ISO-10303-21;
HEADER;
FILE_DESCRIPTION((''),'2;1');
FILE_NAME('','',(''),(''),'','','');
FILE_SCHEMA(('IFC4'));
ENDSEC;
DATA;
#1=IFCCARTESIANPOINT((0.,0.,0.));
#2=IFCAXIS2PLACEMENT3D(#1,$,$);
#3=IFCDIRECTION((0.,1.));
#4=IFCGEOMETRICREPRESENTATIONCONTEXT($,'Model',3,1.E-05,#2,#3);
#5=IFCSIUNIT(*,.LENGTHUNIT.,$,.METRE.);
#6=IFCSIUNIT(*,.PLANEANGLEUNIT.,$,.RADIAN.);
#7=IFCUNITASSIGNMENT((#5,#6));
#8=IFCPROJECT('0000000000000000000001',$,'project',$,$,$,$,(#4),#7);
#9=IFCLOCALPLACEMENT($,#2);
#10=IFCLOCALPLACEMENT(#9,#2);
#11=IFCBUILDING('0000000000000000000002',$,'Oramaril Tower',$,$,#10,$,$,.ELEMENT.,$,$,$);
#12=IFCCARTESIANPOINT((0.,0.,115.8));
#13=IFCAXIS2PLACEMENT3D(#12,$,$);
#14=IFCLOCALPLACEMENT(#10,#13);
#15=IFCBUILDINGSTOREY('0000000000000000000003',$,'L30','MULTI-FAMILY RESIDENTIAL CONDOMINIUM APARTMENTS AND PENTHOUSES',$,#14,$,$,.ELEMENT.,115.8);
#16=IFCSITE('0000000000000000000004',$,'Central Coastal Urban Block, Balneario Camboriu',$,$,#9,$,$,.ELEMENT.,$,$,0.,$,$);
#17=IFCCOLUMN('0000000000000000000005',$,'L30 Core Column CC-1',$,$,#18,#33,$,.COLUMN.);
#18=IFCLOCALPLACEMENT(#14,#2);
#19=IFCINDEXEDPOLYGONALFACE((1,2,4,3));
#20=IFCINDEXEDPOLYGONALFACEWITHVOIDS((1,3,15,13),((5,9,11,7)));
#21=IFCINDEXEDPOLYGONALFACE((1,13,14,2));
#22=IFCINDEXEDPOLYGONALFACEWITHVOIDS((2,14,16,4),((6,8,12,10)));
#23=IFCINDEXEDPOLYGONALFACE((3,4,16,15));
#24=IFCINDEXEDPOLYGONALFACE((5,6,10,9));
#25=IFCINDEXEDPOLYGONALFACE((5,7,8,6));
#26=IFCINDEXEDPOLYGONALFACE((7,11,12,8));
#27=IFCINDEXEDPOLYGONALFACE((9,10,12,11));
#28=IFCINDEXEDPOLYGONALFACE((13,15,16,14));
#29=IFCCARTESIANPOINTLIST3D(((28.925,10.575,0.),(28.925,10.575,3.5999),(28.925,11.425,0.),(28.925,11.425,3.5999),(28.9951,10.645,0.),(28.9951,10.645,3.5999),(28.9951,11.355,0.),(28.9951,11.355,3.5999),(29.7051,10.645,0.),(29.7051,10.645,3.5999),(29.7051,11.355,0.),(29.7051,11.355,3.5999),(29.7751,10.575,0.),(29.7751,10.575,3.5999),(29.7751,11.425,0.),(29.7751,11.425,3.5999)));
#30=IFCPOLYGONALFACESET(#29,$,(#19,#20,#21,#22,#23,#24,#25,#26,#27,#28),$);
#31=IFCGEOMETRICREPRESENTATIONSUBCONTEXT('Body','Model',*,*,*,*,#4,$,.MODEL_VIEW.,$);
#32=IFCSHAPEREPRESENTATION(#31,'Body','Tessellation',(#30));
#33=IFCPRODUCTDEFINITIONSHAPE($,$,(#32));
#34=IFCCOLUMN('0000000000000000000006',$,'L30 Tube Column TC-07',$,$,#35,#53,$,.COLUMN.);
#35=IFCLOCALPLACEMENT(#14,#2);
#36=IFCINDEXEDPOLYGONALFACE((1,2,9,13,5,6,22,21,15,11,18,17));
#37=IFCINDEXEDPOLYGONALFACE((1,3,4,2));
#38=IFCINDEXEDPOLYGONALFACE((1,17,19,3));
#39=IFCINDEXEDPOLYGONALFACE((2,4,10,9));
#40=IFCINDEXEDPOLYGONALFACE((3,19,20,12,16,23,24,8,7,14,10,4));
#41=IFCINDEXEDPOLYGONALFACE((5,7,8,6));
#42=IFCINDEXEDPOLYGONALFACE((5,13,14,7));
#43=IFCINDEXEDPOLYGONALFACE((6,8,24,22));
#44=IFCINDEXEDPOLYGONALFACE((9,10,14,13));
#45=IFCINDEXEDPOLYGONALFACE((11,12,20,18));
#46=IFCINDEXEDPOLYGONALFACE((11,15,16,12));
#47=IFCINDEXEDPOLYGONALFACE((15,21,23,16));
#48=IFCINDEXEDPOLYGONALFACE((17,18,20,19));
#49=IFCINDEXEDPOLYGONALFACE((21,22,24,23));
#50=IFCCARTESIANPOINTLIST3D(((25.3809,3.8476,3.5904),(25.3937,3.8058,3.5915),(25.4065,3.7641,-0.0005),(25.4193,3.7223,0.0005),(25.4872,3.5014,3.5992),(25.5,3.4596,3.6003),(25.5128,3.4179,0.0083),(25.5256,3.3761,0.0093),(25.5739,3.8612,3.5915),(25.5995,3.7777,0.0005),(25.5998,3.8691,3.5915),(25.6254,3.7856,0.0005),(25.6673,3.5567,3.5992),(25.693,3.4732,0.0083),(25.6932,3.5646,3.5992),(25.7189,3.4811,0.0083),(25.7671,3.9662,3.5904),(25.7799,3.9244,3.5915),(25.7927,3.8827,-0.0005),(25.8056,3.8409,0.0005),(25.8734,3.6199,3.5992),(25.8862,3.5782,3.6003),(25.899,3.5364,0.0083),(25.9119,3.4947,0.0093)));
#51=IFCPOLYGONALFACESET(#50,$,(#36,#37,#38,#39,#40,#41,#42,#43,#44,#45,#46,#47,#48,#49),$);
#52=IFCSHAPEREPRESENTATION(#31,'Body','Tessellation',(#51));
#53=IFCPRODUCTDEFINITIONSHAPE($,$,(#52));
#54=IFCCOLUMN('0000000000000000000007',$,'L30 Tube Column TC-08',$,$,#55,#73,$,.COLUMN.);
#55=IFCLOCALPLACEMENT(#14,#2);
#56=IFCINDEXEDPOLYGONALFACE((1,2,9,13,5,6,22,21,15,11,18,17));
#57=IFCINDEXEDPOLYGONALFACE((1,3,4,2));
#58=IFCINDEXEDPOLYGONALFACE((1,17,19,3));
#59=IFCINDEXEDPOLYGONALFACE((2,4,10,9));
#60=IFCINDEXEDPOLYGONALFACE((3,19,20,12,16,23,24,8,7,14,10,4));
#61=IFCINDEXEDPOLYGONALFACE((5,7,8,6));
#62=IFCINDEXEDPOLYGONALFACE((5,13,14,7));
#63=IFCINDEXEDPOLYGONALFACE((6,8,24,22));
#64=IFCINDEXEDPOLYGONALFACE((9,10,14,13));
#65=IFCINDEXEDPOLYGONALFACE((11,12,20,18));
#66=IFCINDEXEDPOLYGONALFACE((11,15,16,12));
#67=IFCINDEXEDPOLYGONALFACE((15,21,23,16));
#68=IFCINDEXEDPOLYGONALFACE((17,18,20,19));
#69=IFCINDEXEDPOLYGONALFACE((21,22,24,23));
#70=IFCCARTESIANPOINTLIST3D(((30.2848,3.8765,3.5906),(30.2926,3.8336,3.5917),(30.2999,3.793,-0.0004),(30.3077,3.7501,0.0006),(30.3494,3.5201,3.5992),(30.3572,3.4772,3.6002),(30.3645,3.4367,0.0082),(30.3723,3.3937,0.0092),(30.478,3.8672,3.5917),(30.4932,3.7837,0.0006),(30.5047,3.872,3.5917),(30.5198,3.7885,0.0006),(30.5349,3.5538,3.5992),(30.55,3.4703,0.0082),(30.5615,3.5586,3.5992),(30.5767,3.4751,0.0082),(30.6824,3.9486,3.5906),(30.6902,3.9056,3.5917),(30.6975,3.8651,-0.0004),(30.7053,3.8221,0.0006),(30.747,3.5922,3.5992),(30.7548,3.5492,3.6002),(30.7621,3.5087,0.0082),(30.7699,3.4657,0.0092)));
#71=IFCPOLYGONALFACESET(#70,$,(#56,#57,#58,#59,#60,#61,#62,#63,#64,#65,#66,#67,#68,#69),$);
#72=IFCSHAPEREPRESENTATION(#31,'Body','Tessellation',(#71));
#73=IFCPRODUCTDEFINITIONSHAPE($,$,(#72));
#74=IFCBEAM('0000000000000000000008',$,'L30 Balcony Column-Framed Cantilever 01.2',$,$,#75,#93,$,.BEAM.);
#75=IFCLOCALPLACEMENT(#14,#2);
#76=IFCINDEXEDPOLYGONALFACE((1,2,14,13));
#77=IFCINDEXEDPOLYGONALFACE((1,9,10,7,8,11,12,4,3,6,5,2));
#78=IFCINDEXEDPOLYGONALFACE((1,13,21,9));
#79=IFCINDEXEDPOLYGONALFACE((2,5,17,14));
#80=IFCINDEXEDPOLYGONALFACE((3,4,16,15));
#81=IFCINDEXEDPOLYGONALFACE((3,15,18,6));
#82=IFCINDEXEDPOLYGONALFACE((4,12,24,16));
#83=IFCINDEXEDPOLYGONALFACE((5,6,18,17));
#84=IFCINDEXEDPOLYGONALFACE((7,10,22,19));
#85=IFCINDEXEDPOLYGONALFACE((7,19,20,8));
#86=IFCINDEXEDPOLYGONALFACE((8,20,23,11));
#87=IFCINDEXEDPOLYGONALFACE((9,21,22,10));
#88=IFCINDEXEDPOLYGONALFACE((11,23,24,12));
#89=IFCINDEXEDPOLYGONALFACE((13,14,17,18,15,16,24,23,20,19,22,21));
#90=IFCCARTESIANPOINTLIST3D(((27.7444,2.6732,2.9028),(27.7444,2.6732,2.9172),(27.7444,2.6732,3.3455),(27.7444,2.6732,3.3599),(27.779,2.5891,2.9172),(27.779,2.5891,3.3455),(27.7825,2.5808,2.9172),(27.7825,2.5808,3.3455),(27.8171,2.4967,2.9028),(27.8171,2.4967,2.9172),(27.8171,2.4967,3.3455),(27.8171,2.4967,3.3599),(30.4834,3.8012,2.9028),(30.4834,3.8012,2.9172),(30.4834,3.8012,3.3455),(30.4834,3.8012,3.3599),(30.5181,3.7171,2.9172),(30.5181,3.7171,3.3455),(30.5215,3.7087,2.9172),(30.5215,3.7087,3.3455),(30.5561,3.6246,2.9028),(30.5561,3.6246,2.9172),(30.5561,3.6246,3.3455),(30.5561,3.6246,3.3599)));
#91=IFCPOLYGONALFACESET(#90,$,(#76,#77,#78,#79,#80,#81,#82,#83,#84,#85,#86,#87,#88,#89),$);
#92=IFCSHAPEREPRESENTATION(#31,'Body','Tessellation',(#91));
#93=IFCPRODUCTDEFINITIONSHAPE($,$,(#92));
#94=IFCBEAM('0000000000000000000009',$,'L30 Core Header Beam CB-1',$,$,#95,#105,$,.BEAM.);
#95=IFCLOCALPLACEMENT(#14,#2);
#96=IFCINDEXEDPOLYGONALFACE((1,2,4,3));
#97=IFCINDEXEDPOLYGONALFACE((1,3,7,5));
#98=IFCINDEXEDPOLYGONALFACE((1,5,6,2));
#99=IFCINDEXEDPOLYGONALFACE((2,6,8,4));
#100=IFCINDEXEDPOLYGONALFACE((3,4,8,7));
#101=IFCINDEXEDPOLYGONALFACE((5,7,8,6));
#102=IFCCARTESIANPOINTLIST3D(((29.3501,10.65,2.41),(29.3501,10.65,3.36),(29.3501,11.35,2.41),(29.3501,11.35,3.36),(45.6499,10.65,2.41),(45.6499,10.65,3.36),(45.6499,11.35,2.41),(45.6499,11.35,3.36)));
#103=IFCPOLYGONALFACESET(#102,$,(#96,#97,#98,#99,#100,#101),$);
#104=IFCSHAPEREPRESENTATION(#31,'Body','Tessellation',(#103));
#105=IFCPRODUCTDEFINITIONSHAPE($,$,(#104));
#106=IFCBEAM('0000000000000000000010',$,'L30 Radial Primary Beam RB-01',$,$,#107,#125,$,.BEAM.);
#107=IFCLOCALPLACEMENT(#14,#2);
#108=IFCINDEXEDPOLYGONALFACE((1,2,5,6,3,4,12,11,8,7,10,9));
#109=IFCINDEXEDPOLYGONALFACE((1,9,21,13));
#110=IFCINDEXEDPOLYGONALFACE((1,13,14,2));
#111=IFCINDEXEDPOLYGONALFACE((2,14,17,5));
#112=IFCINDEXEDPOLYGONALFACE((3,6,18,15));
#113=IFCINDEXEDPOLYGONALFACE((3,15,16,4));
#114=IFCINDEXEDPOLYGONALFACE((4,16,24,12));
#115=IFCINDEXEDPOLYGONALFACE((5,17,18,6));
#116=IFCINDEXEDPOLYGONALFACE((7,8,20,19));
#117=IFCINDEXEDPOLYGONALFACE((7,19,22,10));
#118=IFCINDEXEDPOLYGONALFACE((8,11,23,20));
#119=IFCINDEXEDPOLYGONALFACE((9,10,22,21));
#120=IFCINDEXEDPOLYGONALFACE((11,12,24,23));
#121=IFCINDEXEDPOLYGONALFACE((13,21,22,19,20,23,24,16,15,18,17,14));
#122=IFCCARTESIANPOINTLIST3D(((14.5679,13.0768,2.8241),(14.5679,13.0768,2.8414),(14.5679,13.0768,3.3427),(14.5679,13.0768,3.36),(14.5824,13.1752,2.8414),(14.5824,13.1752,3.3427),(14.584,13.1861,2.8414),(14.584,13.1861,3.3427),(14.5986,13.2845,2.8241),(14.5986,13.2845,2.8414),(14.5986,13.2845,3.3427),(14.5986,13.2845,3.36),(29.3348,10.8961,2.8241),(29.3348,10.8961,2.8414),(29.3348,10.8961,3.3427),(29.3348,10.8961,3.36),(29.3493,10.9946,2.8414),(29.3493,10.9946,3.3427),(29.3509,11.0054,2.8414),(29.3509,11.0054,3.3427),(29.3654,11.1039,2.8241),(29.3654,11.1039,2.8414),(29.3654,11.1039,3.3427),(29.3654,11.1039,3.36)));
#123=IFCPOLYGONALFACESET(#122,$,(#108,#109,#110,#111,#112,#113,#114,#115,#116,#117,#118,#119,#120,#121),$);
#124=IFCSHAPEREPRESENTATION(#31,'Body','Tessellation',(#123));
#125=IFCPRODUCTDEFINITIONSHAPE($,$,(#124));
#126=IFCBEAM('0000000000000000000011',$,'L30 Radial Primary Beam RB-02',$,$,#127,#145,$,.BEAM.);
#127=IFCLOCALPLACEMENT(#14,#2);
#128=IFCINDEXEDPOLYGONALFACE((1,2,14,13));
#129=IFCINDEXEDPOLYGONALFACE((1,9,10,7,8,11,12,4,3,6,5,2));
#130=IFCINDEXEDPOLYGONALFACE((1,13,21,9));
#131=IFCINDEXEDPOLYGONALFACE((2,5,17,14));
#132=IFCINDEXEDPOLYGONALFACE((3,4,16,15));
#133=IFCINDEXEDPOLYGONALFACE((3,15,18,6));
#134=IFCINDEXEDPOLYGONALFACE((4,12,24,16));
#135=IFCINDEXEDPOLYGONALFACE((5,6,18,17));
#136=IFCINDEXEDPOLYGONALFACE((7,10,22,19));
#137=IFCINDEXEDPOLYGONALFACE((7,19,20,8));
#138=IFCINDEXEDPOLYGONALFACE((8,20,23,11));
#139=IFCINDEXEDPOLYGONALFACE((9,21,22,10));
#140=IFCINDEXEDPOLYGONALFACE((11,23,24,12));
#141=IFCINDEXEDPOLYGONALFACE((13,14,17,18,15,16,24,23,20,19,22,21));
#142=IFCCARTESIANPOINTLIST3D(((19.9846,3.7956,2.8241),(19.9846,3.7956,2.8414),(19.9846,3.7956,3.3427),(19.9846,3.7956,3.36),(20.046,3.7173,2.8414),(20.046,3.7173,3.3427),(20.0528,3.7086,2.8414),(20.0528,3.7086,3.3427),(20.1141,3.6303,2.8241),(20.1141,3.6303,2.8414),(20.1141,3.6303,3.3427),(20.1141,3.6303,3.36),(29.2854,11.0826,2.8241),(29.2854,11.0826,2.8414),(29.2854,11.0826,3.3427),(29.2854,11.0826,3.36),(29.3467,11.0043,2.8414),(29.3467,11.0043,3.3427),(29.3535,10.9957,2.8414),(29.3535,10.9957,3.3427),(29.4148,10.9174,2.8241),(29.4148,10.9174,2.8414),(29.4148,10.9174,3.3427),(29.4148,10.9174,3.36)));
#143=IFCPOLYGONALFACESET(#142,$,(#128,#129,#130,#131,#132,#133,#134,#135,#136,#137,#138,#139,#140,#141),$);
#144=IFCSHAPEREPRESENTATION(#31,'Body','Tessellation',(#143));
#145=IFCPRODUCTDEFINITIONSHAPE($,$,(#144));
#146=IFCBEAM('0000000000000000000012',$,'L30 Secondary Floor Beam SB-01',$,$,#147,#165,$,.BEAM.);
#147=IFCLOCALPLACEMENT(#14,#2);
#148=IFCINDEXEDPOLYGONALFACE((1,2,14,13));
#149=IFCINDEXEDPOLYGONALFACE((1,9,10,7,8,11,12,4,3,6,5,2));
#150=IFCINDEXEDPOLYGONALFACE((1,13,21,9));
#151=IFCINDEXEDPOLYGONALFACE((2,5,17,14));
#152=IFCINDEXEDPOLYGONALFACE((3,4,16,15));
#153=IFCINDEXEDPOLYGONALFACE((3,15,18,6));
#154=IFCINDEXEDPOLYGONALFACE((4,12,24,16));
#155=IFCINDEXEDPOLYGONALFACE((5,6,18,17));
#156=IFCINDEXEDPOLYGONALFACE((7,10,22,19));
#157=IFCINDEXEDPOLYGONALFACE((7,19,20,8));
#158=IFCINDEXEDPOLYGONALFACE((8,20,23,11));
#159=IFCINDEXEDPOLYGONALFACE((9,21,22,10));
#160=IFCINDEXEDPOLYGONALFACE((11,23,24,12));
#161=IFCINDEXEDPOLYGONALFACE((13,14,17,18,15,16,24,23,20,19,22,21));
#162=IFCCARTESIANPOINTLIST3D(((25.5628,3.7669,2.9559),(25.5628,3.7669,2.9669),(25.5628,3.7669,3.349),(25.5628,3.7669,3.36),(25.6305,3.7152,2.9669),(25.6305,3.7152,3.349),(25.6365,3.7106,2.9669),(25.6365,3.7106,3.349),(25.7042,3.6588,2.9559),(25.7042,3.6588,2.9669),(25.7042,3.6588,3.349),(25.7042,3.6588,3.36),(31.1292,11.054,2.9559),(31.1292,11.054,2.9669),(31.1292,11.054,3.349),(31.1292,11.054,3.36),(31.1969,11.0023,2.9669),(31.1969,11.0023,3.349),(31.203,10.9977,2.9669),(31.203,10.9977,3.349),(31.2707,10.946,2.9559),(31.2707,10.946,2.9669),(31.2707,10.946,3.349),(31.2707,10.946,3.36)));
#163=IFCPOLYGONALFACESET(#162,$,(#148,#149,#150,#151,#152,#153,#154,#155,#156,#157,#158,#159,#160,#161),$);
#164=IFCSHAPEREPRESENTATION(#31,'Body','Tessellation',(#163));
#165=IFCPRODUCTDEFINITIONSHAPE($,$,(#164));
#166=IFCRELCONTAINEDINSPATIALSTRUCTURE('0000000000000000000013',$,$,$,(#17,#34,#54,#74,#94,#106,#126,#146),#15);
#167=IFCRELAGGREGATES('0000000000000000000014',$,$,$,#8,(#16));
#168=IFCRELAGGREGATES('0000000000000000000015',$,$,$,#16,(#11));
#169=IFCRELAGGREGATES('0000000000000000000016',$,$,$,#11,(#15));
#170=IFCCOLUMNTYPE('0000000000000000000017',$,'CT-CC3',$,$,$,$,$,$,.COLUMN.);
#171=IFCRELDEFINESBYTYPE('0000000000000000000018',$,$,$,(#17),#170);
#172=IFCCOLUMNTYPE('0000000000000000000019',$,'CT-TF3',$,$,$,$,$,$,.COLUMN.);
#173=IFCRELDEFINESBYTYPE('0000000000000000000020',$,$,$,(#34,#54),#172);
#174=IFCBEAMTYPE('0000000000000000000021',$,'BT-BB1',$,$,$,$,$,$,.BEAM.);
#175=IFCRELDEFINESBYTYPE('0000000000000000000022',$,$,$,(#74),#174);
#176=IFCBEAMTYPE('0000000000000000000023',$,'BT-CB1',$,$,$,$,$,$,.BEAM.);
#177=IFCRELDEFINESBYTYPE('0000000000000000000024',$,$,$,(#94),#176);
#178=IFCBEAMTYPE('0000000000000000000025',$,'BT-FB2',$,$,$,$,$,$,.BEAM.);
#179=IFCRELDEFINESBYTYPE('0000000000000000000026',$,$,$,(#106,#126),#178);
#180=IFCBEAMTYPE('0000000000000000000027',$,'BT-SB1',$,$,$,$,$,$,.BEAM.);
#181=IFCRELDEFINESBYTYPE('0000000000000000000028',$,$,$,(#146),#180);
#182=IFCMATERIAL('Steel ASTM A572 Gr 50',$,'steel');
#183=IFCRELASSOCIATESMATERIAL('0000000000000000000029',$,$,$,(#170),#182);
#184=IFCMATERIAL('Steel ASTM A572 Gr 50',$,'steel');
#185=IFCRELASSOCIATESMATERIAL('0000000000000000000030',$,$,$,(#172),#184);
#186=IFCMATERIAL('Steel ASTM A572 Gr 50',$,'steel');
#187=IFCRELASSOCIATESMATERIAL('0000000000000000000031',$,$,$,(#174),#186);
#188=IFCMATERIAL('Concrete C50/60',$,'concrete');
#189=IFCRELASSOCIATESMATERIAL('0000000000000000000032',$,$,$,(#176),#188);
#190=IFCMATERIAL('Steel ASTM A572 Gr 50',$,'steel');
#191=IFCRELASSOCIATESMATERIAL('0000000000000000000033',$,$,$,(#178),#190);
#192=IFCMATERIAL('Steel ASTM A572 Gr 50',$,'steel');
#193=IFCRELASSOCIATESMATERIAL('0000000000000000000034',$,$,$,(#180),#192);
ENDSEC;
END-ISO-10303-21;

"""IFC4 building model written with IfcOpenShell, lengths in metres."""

from ifc_helpers import new_model, si_unit, direction, frame, origin, origin_2d, place, context, subcontext, project, spatial, rectangle, hollow_rectangle, i_section, extrude, material, material_profile, profile_set, type_object, element, save


model = new_model("IFC4")

# Units and contexts
model_context = context("Model", 3, precision=1e-05, world=origin(), true_north=direction((0.0, 1.0)))
body_context = subcontext(model_context, "Body", "Model", "MODEL_VIEW")
ifc_project = project(units=[si_unit("LENGTHUNIT", "METRE"), si_unit("PLANEANGLEUNIT", "RADIAN")], contexts=[model_context])

# Site, building, storey
site_placement = place(None, origin())
site = spatial("IfcSite", under=ifc_project, at=site_placement, Name="Central Coastal Urban Block, Balneario Camboriu", CompositionType="ELEMENT", RefElevation=0.0)
building_placement = place(site_placement, origin())
building = spatial("IfcBuilding", under=site, at=building_placement, Name="Oramaril Tower", CompositionType="ELEMENT")
storey_placement = place(building_placement, frame((0.0, 0.0, 115.8)))
storey = spatial("IfcBuildingStorey", under=building, at=storey_placement, Name="L30", Description="MULTI-FAMILY RESIDENTIAL CONDOMINIUM APARTMENTS AND PENTHOUSES", CompositionType="ELEMENT", Elevation=115.8)

# Columns
ifc_material_1 = material(Name="Steel ASTM A572 Gr 50", Category="steel")
ifc_material_profile_1 = material_profile(ifc_material_1, hollow_rectangle(XDim=0.8501, YDim=0.8501, WallThickness=0.0701, at=origin_2d()), Name="BOX850X850X70")
ifc_profile_set_1 = profile_set([ifc_material_profile_1], Name="Steel ASTM A572 Gr 50")
column_type_1 = type_object("IfcColumnType", Name="CT-CC3", PredefinedType="COLUMN", material=ifc_profile_set_1)
column_placement = place(storey_placement, frame((29.3501, 11.0, 0.0), z_axis=(0.0, 0.0, 1.0), x_axis=(1.0, 0.0, 0.0)))
element("IfcColumn", 1, at=column_placement, inside=storey, type_object=column_type_1, Name="L30 Core Column CC-1", PredefinedType="COLUMN", context=body_context, shape_type="SweptSolid", body=[
    extrude(hollow_rectangle(XDim=0.8501, YDim=0.8501, WallThickness=0.0701, at=origin_2d()), origin(), (0.0, 0.0, 1.0), 3.5999),
])
ifc_material_2 = material(Name="Steel ASTM A572 Gr 50", Category="steel")
ifc_material_profile_2 = material_profile(ifc_material_2, i_section(OverallWidth=0.4041, OverallDepth=0.406, WebThickness=0.0271, FlangeThickness=0.0437, at=origin_2d()), Name="W14X233")
ifc_profile_set_2 = profile_set([ifc_material_profile_2], Name="Steel ASTM A572 Gr 50")
column_type_2 = type_object("IfcColumnType", Name="CT-TF3", PredefinedType="COLUMN", material=ifc_profile_set_2)
for number, where, z_axis, x_axis, name in (
    (2, (25.6592, 3.6294, 0.0044), (-0.007136, 0.023244, 0.999704), (-0.95596, -0.293497, 0.0), "L30 Tube Column TC-07"),
    (3, (30.5349, 3.6294, 0.0044), (-0.004214, 0.023245, 0.999721), (-0.983962, -0.178379, 0.0), "L30 Tube Column TC-08"),
):
    element("IfcColumn", number, at=place(storey_placement, frame(where, z_axis=z_axis, x_axis=x_axis)), inside=storey, type_object=column_type_2, Name=name, PredefinedType="COLUMN", context=body_context, shape_type="SweptSolid", body=[
        extrude(i_section(OverallWidth=0.4041, OverallDepth=0.406, WebThickness=0.0271, FlangeThickness=0.0437, at=origin_2d()), origin(), (0.0, 0.0, 1.0), 3.592),
    ])

# Beams
ifc_material_3 = material(Name="Steel ASTM A572 Gr 50", Category="steel")
ifc_material_profile_3 = material_profile(ifc_material_3, i_section(OverallWidth=0.1909, OverallDepth=0.457, WebThickness=0.009, FlangeThickness=0.0144, at=origin_2d()), Name="W18X50")
ifc_profile_set_3 = profile_set([ifc_material_profile_3], Name="Steel ASTM A572 Gr 50")
beam_type_1 = type_object("IfcBeamType", Name="BT-BB1", PredefinedType="BEAM", material=ifc_profile_set_3)
beam_1_placement = place(storey_placement, frame((30.5198, 3.7129, 3.1313), z_axis=(-0.924666, -0.380779, 0.0), x_axis=(0.380779, -0.924666, 0.0)))
element("IfcBeam", 4, at=beam_1_placement, inside=storey, type_object=beam_type_1, Name="L30 Balcony Column-Framed Cantilever 01.2", PredefinedType="BEAM", context=body_context, shape_type="SweptSolid", body=[
    extrude(i_section(OverallWidth=0.1909, OverallDepth=0.457, WebThickness=0.009, FlangeThickness=0.0144, at=origin_2d()), origin(), (0.0, 0.0, 1.0), 2.9622),
])
ifc_material_4 = material(Name="Concrete C50/60", Category="concrete")
ifc_material_profile_4 = material_profile(ifc_material_4, rectangle(XDim=0.7, YDim=0.95, at=origin_2d()), Name="CB700X950")
ifc_profile_set_4 = profile_set([ifc_material_profile_4], Name="Concrete C50/60")
beam_type_2 = type_object("IfcBeamType", Name="BT-CB1", PredefinedType="BEAM", material=ifc_profile_set_4)
beam_2_placement = place(storey_placement, frame((29.3501, 11.0, 2.885), z_axis=(1.0, 0.0, 0.0), x_axis=(0.0, 1.0, 0.0)))
element("IfcBeam", 5, at=beam_2_placement, inside=storey, type_object=beam_type_2, Name="L30 Core Header Beam CB-1", PredefinedType="BEAM", context=body_context, shape_type="SweptSolid", body=[
    extrude(rectangle(XDim=0.7, YDim=0.95, at=origin_2d()), origin(), (0.0, 0.0, 1.0), 16.2998),
])
ifc_material_5 = material(Name="Steel ASTM A572 Gr 50", Category="steel")
ifc_material_profile_5 = material_profile(ifc_material_5, i_section(OverallWidth=0.21, OverallDepth=0.5359, WebThickness=0.011, FlangeThickness=0.0173, at=origin_2d()), Name="W21X68")
ifc_profile_set_5 = profile_set([ifc_material_profile_5], Name="Steel ASTM A572 Gr 50")
beam_type_3 = type_object("IfcBeamType", Name="BT-FB2", PredefinedType="BEAM", material=ifc_profile_set_5)
beam_3_placement = place(storey_placement, frame((29.3501, 11.0, 3.092), z_axis=(-0.989272, 0.146089, 0.0), x_axis=(-0.146089, -0.989272, 0.0)))
element("IfcBeam", 6, at=beam_3_placement, inside=storey, type_object=beam_type_3, Name="L30 Radial Primary Beam RB-01", PredefinedType="BEAM", context=body_context, shape_type="SweptSolid", body=[
    extrude(i_section(OverallWidth=0.21, OverallDepth=0.5359, WebThickness=0.011, FlangeThickness=0.0173, at=origin_2d()), origin(), (0.0, 0.0, 1.0), 14.927),
])
beam_4_placement = place(storey_placement, frame((29.3501, 11.0, 3.092), z_axis=(-0.787167, -0.616741, 0.0), x_axis=(0.616741, -0.787167, 0.0)))
element("IfcBeam", 7, at=beam_4_placement, inside=storey, type_object=beam_type_3, Name="L30 Radial Primary Beam RB-02", PredefinedType="BEAM", context=body_context, shape_type="SweptSolid", body=[
    extrude(i_section(OverallWidth=0.21, OverallDepth=0.5359, WebThickness=0.011, FlangeThickness=0.0173, at=origin_2d()), origin(), (0.0, 0.0, 1.0), 11.8154),
])
ifc_material_6 = material(Name="Steel ASTM A572 Gr 50", Category="steel")
ifc_material_profile_6 = material_profile(ifc_material_6, i_section(OverallWidth=0.178, OverallDepth=0.4041, WebThickness=0.0076, FlangeThickness=0.011, at=origin_2d()), Name="W16X36")
ifc_profile_set_6 = profile_set([ifc_material_profile_6], Name="Steel ASTM A572 Gr 50")
beam_type_4 = type_object("IfcBeamType", Name="BT-SB1", PredefinedType="BEAM", material=ifc_profile_set_6)
beam_5_placement = place(storey_placement, frame((31.2, 11.0, 3.158), z_axis=(-0.607031, -0.794678, 0.0), x_axis=(0.794678, -0.607031, 0.0)))
element("IfcBeam", 8, at=beam_5_placement, inside=storey, type_object=beam_type_4, Name="L30 Secondary Floor Beam SB-01", PredefinedType="BEAM", context=body_context, shape_type="SweptSolid", body=[
    extrude(i_section(OverallWidth=0.178, OverallDepth=0.4041, WebThickness=0.0076, FlangeThickness=0.011, at=origin_2d()), origin(), (0.0, 0.0, 1.0), 9.1699),
])

save(model, "model.ifc")
